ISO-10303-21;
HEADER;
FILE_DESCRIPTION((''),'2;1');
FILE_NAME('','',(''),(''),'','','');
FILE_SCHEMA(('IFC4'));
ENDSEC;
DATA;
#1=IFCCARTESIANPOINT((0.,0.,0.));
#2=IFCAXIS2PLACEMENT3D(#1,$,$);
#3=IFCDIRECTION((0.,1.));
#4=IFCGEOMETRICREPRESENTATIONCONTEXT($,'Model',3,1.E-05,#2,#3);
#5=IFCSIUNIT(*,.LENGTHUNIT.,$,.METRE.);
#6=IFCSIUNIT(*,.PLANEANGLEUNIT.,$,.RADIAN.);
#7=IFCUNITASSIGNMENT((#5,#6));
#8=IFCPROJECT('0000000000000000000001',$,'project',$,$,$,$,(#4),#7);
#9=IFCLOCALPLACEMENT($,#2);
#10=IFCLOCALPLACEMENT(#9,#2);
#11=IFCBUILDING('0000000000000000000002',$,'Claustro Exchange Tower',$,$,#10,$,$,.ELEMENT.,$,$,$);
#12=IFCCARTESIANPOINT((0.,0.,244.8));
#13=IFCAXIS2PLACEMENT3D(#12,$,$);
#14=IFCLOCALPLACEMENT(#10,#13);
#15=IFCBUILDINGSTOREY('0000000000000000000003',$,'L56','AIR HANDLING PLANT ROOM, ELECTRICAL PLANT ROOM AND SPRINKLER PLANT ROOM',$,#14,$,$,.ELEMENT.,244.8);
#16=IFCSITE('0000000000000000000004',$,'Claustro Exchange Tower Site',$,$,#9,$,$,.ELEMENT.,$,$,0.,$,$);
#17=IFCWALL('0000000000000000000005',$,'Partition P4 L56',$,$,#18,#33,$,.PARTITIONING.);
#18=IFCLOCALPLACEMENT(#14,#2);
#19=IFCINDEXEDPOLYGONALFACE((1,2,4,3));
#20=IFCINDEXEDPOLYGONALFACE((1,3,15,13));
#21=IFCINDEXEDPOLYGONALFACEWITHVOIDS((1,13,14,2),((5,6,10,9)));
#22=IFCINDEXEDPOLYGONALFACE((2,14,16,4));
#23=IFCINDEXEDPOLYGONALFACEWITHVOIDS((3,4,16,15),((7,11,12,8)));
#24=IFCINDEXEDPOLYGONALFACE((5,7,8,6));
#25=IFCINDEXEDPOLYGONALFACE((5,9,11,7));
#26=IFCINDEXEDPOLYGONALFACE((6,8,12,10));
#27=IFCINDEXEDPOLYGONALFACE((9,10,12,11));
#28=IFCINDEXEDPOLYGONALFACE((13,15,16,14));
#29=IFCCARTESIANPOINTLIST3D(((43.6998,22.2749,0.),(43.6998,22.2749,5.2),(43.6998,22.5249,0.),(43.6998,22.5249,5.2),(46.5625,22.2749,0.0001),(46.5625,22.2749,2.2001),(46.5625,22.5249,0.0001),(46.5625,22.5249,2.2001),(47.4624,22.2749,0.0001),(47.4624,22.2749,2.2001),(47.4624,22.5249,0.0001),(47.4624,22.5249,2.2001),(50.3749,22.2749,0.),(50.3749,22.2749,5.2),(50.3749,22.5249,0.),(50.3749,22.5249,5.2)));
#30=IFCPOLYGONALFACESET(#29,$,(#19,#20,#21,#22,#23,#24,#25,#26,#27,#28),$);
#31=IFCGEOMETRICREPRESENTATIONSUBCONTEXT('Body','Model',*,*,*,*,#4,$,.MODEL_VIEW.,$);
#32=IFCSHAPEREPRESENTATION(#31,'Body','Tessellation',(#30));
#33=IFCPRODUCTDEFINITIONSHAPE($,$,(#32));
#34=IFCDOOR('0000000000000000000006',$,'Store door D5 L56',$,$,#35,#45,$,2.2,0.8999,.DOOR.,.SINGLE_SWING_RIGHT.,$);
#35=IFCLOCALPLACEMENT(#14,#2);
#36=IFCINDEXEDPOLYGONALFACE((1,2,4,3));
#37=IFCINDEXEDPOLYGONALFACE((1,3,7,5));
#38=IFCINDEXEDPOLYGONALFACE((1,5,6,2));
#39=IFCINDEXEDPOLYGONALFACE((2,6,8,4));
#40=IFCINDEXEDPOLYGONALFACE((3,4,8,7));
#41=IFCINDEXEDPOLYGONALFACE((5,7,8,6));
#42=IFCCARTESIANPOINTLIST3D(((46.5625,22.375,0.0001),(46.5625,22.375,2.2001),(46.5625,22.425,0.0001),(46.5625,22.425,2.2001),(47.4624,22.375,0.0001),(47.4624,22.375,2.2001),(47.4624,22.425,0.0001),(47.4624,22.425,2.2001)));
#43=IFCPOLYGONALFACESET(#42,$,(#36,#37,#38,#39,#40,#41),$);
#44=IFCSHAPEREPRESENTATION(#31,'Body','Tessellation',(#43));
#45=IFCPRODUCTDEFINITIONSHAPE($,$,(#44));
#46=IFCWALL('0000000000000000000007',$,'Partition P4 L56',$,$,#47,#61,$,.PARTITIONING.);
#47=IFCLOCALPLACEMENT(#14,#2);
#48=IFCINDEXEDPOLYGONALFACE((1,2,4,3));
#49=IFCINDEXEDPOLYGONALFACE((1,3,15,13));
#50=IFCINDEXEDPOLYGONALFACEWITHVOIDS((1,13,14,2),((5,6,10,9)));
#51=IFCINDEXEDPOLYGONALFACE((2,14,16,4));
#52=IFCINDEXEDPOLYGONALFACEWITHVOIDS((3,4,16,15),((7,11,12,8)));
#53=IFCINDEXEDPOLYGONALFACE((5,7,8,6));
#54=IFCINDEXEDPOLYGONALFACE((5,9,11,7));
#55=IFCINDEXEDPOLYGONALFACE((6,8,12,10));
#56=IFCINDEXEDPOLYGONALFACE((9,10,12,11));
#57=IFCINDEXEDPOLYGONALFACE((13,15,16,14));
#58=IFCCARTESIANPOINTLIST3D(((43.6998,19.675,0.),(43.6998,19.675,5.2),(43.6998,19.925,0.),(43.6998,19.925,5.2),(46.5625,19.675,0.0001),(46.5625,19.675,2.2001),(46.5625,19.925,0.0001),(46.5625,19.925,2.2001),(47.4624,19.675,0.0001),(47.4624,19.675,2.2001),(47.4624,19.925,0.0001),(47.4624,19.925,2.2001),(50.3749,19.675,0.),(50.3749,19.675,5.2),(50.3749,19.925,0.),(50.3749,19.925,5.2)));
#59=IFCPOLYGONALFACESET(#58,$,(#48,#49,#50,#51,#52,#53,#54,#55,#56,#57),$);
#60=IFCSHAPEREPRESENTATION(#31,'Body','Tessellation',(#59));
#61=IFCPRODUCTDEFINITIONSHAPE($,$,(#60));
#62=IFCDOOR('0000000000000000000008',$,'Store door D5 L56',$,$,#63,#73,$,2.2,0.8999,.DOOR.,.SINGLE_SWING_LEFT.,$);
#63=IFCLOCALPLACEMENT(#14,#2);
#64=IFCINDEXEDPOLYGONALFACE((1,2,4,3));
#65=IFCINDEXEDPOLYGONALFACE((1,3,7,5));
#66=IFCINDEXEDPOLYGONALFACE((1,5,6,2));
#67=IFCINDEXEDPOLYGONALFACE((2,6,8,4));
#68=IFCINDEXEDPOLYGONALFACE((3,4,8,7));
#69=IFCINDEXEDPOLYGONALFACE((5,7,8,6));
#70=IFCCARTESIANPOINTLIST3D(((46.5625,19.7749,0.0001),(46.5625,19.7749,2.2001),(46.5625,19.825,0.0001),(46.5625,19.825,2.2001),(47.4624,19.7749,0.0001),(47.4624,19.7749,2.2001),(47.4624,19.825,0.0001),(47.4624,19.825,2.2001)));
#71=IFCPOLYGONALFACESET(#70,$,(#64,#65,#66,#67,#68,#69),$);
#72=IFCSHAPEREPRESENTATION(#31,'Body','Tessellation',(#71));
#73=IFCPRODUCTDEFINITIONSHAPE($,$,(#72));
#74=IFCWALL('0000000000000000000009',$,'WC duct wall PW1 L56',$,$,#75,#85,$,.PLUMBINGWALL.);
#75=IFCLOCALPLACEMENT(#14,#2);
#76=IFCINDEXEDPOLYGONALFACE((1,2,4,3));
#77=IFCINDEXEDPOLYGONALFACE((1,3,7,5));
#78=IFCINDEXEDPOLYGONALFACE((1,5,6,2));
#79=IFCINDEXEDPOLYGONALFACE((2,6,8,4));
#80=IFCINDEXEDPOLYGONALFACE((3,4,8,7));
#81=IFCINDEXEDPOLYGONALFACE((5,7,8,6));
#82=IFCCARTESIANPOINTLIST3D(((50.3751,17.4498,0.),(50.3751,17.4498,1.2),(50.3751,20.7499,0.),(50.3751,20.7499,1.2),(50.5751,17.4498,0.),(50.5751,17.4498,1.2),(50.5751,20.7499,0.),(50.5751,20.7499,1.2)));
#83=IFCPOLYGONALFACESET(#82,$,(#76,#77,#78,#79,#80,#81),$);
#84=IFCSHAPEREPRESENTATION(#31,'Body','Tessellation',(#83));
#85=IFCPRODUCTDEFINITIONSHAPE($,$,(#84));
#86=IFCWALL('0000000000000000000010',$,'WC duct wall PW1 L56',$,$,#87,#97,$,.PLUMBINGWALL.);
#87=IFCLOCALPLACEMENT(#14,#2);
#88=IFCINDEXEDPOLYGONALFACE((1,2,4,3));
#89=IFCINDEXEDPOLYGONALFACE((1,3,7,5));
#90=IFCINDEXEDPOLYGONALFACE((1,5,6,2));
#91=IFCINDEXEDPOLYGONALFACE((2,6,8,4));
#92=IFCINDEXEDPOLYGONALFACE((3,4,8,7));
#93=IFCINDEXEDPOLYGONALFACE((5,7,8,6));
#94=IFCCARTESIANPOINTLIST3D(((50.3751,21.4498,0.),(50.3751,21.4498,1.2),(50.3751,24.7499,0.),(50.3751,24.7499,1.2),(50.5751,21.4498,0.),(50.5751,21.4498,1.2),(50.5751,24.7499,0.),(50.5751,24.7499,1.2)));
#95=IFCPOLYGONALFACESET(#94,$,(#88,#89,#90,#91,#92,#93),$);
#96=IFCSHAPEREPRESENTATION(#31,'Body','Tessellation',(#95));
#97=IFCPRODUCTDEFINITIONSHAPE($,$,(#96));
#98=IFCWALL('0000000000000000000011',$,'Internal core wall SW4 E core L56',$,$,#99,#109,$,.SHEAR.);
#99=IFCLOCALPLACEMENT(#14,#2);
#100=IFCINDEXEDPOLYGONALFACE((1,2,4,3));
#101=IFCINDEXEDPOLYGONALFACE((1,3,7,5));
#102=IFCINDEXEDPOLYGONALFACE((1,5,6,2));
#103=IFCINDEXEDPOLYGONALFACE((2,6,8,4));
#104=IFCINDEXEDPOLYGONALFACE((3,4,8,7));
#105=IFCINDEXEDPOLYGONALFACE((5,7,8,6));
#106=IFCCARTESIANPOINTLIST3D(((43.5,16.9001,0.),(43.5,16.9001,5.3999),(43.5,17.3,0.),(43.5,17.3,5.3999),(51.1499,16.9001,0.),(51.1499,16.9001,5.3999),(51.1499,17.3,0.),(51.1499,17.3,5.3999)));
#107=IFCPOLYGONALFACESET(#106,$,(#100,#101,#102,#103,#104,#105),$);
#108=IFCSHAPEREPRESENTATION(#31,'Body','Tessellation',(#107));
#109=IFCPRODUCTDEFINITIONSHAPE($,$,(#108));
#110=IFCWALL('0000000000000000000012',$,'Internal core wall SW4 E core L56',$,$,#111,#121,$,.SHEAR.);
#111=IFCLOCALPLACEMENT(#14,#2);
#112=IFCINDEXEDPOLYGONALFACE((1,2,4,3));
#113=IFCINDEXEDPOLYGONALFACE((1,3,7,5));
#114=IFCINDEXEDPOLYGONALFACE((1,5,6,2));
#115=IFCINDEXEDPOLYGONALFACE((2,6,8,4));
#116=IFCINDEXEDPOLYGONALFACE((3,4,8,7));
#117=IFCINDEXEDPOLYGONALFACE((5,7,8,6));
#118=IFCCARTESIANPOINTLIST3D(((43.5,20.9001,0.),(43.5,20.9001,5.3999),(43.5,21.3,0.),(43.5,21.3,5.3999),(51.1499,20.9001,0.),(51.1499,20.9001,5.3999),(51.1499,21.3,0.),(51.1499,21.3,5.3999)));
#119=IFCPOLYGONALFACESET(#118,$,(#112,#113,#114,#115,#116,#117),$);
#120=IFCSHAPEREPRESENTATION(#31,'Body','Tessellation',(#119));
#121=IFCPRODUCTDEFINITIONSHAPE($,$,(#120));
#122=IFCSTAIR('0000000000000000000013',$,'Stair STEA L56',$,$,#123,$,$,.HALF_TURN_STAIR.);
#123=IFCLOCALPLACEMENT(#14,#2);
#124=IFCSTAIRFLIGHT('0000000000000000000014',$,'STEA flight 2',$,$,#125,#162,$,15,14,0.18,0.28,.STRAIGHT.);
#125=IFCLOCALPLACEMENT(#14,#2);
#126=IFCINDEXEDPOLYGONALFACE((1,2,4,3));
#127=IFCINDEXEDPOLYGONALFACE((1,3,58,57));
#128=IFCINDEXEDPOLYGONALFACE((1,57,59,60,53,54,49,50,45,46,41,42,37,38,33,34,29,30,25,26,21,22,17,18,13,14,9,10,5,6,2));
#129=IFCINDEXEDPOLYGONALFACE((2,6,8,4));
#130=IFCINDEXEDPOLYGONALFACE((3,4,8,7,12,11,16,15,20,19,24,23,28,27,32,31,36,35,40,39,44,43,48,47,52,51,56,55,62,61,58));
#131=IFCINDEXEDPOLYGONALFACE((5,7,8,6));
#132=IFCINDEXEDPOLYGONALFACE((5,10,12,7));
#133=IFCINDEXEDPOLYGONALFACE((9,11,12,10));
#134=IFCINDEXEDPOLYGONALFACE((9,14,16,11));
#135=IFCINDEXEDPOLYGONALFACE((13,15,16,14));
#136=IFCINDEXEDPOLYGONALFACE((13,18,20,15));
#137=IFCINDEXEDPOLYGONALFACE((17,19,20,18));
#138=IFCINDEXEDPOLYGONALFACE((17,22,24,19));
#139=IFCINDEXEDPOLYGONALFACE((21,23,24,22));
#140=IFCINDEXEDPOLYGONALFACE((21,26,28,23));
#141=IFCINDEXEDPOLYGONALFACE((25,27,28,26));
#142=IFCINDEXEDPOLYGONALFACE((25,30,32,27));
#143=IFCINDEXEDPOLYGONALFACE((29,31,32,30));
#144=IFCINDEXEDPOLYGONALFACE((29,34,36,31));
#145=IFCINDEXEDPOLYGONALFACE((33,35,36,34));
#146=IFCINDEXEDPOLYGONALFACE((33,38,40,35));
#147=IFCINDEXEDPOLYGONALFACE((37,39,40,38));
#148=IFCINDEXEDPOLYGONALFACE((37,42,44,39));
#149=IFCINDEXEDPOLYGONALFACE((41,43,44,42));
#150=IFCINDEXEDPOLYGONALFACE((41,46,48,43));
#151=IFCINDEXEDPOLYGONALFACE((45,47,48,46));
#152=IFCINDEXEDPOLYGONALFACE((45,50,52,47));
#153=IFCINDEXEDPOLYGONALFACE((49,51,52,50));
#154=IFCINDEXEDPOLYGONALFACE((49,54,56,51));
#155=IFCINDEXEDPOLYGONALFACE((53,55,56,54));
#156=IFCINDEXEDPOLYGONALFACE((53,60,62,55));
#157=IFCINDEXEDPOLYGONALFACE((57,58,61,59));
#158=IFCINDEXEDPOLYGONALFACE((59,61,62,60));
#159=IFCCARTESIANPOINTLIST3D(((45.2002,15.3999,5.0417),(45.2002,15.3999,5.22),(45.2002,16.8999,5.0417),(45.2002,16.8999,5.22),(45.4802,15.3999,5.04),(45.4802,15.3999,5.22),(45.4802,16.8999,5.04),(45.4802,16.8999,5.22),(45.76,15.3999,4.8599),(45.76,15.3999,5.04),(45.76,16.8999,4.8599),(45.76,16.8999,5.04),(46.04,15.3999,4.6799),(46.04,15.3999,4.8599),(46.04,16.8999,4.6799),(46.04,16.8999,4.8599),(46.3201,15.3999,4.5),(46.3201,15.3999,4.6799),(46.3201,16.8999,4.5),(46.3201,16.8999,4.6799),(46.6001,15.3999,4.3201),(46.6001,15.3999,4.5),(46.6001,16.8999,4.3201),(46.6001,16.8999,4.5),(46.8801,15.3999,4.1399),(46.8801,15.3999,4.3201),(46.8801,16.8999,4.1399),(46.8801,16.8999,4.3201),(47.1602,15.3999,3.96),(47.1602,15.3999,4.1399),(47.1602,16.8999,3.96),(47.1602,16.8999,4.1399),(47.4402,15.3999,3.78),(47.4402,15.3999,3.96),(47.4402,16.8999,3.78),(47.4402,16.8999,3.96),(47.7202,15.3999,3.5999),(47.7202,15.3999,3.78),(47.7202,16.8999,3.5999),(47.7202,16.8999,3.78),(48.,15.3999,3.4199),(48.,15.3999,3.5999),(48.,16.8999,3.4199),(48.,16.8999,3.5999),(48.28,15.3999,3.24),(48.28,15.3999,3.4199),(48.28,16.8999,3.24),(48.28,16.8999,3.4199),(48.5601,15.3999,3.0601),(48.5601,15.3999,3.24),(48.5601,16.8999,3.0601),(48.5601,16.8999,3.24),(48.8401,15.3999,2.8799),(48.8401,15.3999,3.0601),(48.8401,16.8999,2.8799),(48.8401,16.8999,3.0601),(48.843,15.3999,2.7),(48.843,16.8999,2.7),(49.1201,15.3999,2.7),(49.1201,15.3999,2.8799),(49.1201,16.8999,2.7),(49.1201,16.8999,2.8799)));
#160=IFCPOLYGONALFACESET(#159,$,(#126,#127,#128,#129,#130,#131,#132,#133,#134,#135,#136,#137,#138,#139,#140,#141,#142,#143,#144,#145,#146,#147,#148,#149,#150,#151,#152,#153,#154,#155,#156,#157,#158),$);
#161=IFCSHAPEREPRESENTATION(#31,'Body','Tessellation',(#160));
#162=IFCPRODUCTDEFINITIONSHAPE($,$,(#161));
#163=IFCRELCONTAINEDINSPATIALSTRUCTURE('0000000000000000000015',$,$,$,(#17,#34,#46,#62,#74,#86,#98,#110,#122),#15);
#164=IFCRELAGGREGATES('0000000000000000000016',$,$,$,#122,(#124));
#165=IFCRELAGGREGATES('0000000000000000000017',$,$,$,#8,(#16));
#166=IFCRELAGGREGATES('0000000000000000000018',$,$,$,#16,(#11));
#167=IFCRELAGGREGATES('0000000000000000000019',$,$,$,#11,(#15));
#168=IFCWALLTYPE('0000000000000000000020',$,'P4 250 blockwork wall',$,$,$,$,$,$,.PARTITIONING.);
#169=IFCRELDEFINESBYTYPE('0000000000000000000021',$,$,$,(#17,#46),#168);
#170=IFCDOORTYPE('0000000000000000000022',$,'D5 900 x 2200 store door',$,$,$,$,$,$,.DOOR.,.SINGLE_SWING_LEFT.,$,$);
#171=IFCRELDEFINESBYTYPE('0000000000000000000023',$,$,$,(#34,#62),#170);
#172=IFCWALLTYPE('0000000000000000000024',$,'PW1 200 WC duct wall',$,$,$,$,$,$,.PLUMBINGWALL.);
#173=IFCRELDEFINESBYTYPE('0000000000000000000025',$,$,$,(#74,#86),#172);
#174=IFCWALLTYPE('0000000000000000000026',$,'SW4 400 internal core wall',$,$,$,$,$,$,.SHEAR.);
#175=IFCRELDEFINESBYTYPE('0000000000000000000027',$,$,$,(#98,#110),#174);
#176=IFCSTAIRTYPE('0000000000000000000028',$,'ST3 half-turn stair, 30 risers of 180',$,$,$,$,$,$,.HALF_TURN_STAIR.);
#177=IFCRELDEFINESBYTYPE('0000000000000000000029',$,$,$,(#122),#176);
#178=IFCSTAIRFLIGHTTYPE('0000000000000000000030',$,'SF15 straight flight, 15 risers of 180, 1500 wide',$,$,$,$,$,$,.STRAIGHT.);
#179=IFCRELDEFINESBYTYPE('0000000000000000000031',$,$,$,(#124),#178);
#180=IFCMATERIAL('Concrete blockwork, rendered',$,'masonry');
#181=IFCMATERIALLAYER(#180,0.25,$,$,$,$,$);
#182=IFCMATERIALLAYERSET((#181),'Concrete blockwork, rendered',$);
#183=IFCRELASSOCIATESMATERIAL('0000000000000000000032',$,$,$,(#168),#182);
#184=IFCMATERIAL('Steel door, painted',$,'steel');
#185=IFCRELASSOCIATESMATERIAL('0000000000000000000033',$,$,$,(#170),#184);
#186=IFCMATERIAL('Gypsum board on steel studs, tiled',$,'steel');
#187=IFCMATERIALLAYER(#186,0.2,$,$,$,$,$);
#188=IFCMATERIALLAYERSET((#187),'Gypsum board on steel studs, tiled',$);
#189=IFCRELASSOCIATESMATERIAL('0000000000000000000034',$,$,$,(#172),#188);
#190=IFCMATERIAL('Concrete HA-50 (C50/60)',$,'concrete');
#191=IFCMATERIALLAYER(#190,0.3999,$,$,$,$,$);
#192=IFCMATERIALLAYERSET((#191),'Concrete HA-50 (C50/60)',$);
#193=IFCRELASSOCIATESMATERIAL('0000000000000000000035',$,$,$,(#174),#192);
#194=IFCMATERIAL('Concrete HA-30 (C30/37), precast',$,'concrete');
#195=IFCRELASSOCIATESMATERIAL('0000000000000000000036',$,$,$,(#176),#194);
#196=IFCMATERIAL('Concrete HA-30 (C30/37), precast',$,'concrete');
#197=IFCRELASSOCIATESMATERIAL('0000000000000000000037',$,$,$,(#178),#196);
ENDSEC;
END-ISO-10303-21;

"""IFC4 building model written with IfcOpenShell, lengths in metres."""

from ifc_helpers import new_model, si_unit, direction, frame, frame_2d, origin, place, context, subcontext, project, spatial, polyline, rectangle, outline, extrude, material, layer, layer_set, type_object, element, fill, aggregate, save


model = new_model("IFC4")

# Units and contexts
model_context = context("Model", 3, precision=1e-05, world=origin(), true_north=direction((0.0, 1.0)))
body_context = subcontext(model_context, "Body", "Model", "MODEL_VIEW")
ifc_project = project(units=[si_unit("LENGTHUNIT", "METRE"), si_unit("PLANEANGLEUNIT", "RADIAN")], contexts=[model_context])

# Site, building, storey
site_placement = place(None, origin())
site = spatial("IfcSite", under=ifc_project, at=site_placement, Name="Claustro Exchange Tower Site", CompositionType="ELEMENT", RefElevation=0.0)
building_placement = place(site_placement, origin())
building = spatial("IfcBuilding", under=site, at=building_placement, Name="Claustro Exchange Tower", CompositionType="ELEMENT")
storey_placement = place(building_placement, frame((0.0, 0.0, 244.8)))
storey = spatial("IfcBuildingStorey", under=building, at=storey_placement, Name="L56", Description="AIR HANDLING PLANT ROOM, ELECTRICAL PLANT ROOM AND SPRINKLER PLANT ROOM", CompositionType="ELEMENT", Elevation=244.8)

# Walls, openings, doors
ifc_material_1 = material(Name="Concrete blockwork, rendered", Category="masonry")
ifc_layer_1 = layer(ifc_material_1, 0.25)
ifc_layer_set_1 = layer_set([ifc_layer_1], Name="Concrete blockwork, rendered")
wall_type_1 = type_object("IfcWallType", Name="P4 250 blockwork wall", PredefinedType="PARTITIONING", material=ifc_layer_set_1)
wall_1_placement = place(storey_placement, frame((43.7, 22.3999, 0.0), z_axis=(0.0, 0.0, 1.0), x_axis=(1.0, 0.0, 0.0)))
wall_1 = element("IfcWall", 1, at=wall_1_placement, inside=storey, type_object=wall_type_1, Name="Partition P4 L56", PredefinedType="PARTITIONING", context=body_context, shape_type="SweptSolid", body=[
    extrude(rectangle(XDim=6.675, YDim=0.25, at=frame_2d((3.3374, 0.0))), origin(), (0.0, 0.0, 1.0), 5.2),
])
opening_1_placement = place(wall_1_placement, frame((2.8625, 0.0, 0.0)))
opening_1 = element("IfcOpeningElement", 2, at=opening_1_placement, cuts=wall_1, PredefinedType="OPENING", context=body_context, shape_type="SweptSolid", body=[
    extrude(rectangle(XDim=0.8999, YDim=2.2, at=frame_2d((0.45, 1.1001))), frame((0.0, 0.135, 0.0), z_axis=(0.0, -1.0, 0.0), x_axis=(1.0, 0.0, 0.0)), (0.0, 0.0, 1.0), 0.27),
])
ifc_material_2 = material(Name="Steel door, painted", Category="steel")
door_type = type_object("IfcDoorType", Name="D5 900 x 2200 store door", OperationType="SINGLE_SWING_LEFT", PredefinedType="DOOR", material=ifc_material_2)
door_1_placement = place(opening_1_placement, frame((0.8999, 0.0, 0.0), z_axis=(0.0, 0.0, 1.0), x_axis=(-1.0, 0.0, 0.0)))
door_1 = element("IfcDoor", 3, at=door_1_placement, inside=storey, type_object=door_type, Name="Store door D5 L56", OperationType="SINGLE_SWING_RIGHT", OverallHeight=2.2, OverallWidth=0.8999, PredefinedType="DOOR", context=body_context, shape_type="SweptSolid", body=[
    extrude(rectangle(XDim=0.8999, YDim=2.2, at=frame_2d((0.45, 1.1001))), frame((0.0, 0.0249, 0.0), z_axis=(0.0, -1.0, 0.0), x_axis=(1.0, 0.0, 0.0)), (0.0, 0.0, 1.0), 0.05),
])
fill(opening_1, door_1)
wall_2_placement = place(storey_placement, frame((43.7, 19.8, 0.0), z_axis=(0.0, 0.0, 1.0), x_axis=(1.0, 0.0, 0.0)))
wall_2 = element("IfcWall", 4, at=wall_2_placement, inside=storey, type_object=wall_type_1, Name="Partition P4 L56", PredefinedType="PARTITIONING", context=body_context, shape_type="SweptSolid", body=[
    extrude(rectangle(XDim=6.675, YDim=0.25, at=frame_2d((3.3374, 0.0))), origin(), (0.0, 0.0, 1.0), 5.2),
])
opening_2_placement = place(wall_2_placement, frame((2.8625, 0.0, 0.0)))
opening_2 = element("IfcOpeningElement", 5, at=opening_2_placement, cuts=wall_2, PredefinedType="OPENING", context=body_context, shape_type="SweptSolid", body=[
    extrude(rectangle(XDim=0.8999, YDim=2.2, at=frame_2d((0.45, 1.1001))), frame((0.0, 0.135, 0.0), z_axis=(0.0, -1.0, 0.0), x_axis=(1.0, 0.0, 0.0)), (0.0, 0.0, 1.0), 0.27),
])
door_2_placement = place(opening_2_placement, origin())
door_2 = element("IfcDoor", 6, at=door_2_placement, inside=storey, type_object=door_type, Name="Store door D5 L56", OperationType="SINGLE_SWING_LEFT", OverallHeight=2.2, OverallWidth=0.8999, PredefinedType="DOOR", context=body_context, shape_type="SweptSolid", body=[
    extrude(rectangle(XDim=0.8999, YDim=2.2, at=frame_2d((0.45, 1.1001))), frame((0.0, 0.0249, 0.0), z_axis=(0.0, -1.0, 0.0), x_axis=(1.0, 0.0, 0.0)), (0.0, 0.0, 1.0), 0.05),
])
fill(opening_2, door_2)

# Walls
ifc_material_3 = material(Name="Gypsum board on steel studs, tiled", Category="steel")
ifc_layer_2 = layer(ifc_material_3, 0.2)
ifc_layer_set_2 = layer_set([ifc_layer_2], Name="Gypsum board on steel studs, tiled")
wall_type_2 = type_object("IfcWallType", Name="PW1 200 WC duct wall", PredefinedType="PLUMBINGWALL", material=ifc_layer_set_2)
for number, where, z_axis, x_axis, name in (
    (7, (50.4751, 17.45, 0.0), (0.0, 0.0, 1.0), (0.0, 1.0, 0.0), "WC duct wall PW1 L56"),
    (8, (50.4751, 21.45, 0.0), (0.0, 0.0, 1.0), (0.0, 1.0, 0.0), "WC duct wall PW1 L56"),
):
    element("IfcWall", number, at=place(storey_placement, frame(where, z_axis=z_axis, x_axis=x_axis)), inside=storey, type_object=wall_type_2, Name=name, PredefinedType="PLUMBINGWALL", context=body_context, shape_type="SweptSolid", body=[
        extrude(rectangle(XDim=3.3, YDim=0.2, at=frame_2d((1.6499, 0.0))), origin(), (0.0, 0.0, 1.0), 1.2),
    ])
ifc_material_4 = material(Name="Concrete HA-50 (C50/60)", Category="concrete")
ifc_layer_3 = layer(ifc_material_4, 0.3999)
ifc_layer_set_3 = layer_set([ifc_layer_3], Name="Concrete HA-50 (C50/60)")
wall_type_3 = type_object("IfcWallType", Name="SW4 400 internal core wall", PredefinedType="SHEAR", material=ifc_layer_set_3)
for number, where, z_axis, x_axis, name in (
    (9, (51.1499, 17.1001, 0.0), (0.0, 0.0, 1.0), (-1.0, 0.0, 0.0), "Internal core wall SW4 E core L56"),
    (10, (51.1499, 21.1001, 0.0), (0.0, 0.0, 1.0), (-1.0, 0.0, 0.0), "Internal core wall SW4 E core L56"),
):
    element("IfcWall", number, at=place(storey_placement, frame(where, z_axis=z_axis, x_axis=x_axis)), inside=storey, type_object=wall_type_3, Name=name, PredefinedType="SHEAR", context=body_context, shape_type="SweptSolid", body=[
        extrude(rectangle(XDim=7.6499, YDim=0.3999, at=frame_2d((3.825, 0.0))), origin(), (0.0, 0.0, 1.0), 5.3999),
    ])

# Stair, stair flight
ifc_material_5 = material(Name="Concrete HA-30 (C30/37), precast", Category="concrete")
stair_type = type_object("IfcStairType", Name="ST3 half-turn stair, 30 risers of 180", PredefinedType="HALF_TURN_STAIR", material=ifc_material_5)
stair_placement = place(storey_placement, origin())
stair = element("IfcStair", 11, at=stair_placement, inside=storey, type_object=stair_type, Name="Stair STEA L56", PredefinedType="HALF_TURN_STAIR")
ifc_material_6 = material(Name="Concrete HA-30 (C30/37), precast", Category="concrete")
stair_flight_type = type_object("IfcStairFlightType", Name="SF15 straight flight, 15 risers of 180, 1500 wide", PredefinedType="STRAIGHT", material=ifc_material_6)
stair_flight_placement = place(storey_placement, frame((49.1201, 16.1499, 2.7), z_axis=(0.0, 0.0, 1.0), x_axis=(-1.0, 0.0, 0.0)))
stair_flight = element("IfcStairFlight", 12, at=stair_flight_placement, type_object=stair_flight_type, Name="STEA flight 2", NumberOfRisers=15, NumberOfTreads=14, PredefinedType="STRAIGHT", RiserHeight=0.18, TreadLength=0.28, context=body_context, shape_type="SweptSolid", body=[
    extrude(outline(polyline([(0.0, 0.0), (0.0, 0.1799), (0.28, 0.1799), (0.28, 0.3601), (0.5601, 0.3601), (0.5601, 0.54), (0.8401, 0.54), (0.8401, 0.72), (1.1201, 0.72), (1.1201, 0.8999), (1.3999, 0.8999), (1.3999, 1.0801), (1.6799, 1.0801), (1.6799, 1.26), (1.96, 1.26), (1.96, 1.4399), (2.24, 1.4399), (2.24, 1.6201), (2.52, 1.6201), (2.52, 1.8), (2.8, 1.8), (2.8, 1.98), (3.0801, 1.98), (3.0801, 2.1599), (3.3601, 2.1599), (3.3601, 2.3401), (3.6399, 2.3401), (3.6399, 2.52), (3.9199, 2.52), (3.9199, 2.7), (3.9199, 2.3418), (0.2771, 0.0), (0.0, 0.0)])), frame((0.0, 0.75, 0.0), z_axis=(0.0, -1.0, 0.0), x_axis=(1.0, 0.0, 0.0)), (0.0, 0.0, 1.0), 1.5),
])
aggregate(stair, [stair_flight])

save(model, "model.ifc")
